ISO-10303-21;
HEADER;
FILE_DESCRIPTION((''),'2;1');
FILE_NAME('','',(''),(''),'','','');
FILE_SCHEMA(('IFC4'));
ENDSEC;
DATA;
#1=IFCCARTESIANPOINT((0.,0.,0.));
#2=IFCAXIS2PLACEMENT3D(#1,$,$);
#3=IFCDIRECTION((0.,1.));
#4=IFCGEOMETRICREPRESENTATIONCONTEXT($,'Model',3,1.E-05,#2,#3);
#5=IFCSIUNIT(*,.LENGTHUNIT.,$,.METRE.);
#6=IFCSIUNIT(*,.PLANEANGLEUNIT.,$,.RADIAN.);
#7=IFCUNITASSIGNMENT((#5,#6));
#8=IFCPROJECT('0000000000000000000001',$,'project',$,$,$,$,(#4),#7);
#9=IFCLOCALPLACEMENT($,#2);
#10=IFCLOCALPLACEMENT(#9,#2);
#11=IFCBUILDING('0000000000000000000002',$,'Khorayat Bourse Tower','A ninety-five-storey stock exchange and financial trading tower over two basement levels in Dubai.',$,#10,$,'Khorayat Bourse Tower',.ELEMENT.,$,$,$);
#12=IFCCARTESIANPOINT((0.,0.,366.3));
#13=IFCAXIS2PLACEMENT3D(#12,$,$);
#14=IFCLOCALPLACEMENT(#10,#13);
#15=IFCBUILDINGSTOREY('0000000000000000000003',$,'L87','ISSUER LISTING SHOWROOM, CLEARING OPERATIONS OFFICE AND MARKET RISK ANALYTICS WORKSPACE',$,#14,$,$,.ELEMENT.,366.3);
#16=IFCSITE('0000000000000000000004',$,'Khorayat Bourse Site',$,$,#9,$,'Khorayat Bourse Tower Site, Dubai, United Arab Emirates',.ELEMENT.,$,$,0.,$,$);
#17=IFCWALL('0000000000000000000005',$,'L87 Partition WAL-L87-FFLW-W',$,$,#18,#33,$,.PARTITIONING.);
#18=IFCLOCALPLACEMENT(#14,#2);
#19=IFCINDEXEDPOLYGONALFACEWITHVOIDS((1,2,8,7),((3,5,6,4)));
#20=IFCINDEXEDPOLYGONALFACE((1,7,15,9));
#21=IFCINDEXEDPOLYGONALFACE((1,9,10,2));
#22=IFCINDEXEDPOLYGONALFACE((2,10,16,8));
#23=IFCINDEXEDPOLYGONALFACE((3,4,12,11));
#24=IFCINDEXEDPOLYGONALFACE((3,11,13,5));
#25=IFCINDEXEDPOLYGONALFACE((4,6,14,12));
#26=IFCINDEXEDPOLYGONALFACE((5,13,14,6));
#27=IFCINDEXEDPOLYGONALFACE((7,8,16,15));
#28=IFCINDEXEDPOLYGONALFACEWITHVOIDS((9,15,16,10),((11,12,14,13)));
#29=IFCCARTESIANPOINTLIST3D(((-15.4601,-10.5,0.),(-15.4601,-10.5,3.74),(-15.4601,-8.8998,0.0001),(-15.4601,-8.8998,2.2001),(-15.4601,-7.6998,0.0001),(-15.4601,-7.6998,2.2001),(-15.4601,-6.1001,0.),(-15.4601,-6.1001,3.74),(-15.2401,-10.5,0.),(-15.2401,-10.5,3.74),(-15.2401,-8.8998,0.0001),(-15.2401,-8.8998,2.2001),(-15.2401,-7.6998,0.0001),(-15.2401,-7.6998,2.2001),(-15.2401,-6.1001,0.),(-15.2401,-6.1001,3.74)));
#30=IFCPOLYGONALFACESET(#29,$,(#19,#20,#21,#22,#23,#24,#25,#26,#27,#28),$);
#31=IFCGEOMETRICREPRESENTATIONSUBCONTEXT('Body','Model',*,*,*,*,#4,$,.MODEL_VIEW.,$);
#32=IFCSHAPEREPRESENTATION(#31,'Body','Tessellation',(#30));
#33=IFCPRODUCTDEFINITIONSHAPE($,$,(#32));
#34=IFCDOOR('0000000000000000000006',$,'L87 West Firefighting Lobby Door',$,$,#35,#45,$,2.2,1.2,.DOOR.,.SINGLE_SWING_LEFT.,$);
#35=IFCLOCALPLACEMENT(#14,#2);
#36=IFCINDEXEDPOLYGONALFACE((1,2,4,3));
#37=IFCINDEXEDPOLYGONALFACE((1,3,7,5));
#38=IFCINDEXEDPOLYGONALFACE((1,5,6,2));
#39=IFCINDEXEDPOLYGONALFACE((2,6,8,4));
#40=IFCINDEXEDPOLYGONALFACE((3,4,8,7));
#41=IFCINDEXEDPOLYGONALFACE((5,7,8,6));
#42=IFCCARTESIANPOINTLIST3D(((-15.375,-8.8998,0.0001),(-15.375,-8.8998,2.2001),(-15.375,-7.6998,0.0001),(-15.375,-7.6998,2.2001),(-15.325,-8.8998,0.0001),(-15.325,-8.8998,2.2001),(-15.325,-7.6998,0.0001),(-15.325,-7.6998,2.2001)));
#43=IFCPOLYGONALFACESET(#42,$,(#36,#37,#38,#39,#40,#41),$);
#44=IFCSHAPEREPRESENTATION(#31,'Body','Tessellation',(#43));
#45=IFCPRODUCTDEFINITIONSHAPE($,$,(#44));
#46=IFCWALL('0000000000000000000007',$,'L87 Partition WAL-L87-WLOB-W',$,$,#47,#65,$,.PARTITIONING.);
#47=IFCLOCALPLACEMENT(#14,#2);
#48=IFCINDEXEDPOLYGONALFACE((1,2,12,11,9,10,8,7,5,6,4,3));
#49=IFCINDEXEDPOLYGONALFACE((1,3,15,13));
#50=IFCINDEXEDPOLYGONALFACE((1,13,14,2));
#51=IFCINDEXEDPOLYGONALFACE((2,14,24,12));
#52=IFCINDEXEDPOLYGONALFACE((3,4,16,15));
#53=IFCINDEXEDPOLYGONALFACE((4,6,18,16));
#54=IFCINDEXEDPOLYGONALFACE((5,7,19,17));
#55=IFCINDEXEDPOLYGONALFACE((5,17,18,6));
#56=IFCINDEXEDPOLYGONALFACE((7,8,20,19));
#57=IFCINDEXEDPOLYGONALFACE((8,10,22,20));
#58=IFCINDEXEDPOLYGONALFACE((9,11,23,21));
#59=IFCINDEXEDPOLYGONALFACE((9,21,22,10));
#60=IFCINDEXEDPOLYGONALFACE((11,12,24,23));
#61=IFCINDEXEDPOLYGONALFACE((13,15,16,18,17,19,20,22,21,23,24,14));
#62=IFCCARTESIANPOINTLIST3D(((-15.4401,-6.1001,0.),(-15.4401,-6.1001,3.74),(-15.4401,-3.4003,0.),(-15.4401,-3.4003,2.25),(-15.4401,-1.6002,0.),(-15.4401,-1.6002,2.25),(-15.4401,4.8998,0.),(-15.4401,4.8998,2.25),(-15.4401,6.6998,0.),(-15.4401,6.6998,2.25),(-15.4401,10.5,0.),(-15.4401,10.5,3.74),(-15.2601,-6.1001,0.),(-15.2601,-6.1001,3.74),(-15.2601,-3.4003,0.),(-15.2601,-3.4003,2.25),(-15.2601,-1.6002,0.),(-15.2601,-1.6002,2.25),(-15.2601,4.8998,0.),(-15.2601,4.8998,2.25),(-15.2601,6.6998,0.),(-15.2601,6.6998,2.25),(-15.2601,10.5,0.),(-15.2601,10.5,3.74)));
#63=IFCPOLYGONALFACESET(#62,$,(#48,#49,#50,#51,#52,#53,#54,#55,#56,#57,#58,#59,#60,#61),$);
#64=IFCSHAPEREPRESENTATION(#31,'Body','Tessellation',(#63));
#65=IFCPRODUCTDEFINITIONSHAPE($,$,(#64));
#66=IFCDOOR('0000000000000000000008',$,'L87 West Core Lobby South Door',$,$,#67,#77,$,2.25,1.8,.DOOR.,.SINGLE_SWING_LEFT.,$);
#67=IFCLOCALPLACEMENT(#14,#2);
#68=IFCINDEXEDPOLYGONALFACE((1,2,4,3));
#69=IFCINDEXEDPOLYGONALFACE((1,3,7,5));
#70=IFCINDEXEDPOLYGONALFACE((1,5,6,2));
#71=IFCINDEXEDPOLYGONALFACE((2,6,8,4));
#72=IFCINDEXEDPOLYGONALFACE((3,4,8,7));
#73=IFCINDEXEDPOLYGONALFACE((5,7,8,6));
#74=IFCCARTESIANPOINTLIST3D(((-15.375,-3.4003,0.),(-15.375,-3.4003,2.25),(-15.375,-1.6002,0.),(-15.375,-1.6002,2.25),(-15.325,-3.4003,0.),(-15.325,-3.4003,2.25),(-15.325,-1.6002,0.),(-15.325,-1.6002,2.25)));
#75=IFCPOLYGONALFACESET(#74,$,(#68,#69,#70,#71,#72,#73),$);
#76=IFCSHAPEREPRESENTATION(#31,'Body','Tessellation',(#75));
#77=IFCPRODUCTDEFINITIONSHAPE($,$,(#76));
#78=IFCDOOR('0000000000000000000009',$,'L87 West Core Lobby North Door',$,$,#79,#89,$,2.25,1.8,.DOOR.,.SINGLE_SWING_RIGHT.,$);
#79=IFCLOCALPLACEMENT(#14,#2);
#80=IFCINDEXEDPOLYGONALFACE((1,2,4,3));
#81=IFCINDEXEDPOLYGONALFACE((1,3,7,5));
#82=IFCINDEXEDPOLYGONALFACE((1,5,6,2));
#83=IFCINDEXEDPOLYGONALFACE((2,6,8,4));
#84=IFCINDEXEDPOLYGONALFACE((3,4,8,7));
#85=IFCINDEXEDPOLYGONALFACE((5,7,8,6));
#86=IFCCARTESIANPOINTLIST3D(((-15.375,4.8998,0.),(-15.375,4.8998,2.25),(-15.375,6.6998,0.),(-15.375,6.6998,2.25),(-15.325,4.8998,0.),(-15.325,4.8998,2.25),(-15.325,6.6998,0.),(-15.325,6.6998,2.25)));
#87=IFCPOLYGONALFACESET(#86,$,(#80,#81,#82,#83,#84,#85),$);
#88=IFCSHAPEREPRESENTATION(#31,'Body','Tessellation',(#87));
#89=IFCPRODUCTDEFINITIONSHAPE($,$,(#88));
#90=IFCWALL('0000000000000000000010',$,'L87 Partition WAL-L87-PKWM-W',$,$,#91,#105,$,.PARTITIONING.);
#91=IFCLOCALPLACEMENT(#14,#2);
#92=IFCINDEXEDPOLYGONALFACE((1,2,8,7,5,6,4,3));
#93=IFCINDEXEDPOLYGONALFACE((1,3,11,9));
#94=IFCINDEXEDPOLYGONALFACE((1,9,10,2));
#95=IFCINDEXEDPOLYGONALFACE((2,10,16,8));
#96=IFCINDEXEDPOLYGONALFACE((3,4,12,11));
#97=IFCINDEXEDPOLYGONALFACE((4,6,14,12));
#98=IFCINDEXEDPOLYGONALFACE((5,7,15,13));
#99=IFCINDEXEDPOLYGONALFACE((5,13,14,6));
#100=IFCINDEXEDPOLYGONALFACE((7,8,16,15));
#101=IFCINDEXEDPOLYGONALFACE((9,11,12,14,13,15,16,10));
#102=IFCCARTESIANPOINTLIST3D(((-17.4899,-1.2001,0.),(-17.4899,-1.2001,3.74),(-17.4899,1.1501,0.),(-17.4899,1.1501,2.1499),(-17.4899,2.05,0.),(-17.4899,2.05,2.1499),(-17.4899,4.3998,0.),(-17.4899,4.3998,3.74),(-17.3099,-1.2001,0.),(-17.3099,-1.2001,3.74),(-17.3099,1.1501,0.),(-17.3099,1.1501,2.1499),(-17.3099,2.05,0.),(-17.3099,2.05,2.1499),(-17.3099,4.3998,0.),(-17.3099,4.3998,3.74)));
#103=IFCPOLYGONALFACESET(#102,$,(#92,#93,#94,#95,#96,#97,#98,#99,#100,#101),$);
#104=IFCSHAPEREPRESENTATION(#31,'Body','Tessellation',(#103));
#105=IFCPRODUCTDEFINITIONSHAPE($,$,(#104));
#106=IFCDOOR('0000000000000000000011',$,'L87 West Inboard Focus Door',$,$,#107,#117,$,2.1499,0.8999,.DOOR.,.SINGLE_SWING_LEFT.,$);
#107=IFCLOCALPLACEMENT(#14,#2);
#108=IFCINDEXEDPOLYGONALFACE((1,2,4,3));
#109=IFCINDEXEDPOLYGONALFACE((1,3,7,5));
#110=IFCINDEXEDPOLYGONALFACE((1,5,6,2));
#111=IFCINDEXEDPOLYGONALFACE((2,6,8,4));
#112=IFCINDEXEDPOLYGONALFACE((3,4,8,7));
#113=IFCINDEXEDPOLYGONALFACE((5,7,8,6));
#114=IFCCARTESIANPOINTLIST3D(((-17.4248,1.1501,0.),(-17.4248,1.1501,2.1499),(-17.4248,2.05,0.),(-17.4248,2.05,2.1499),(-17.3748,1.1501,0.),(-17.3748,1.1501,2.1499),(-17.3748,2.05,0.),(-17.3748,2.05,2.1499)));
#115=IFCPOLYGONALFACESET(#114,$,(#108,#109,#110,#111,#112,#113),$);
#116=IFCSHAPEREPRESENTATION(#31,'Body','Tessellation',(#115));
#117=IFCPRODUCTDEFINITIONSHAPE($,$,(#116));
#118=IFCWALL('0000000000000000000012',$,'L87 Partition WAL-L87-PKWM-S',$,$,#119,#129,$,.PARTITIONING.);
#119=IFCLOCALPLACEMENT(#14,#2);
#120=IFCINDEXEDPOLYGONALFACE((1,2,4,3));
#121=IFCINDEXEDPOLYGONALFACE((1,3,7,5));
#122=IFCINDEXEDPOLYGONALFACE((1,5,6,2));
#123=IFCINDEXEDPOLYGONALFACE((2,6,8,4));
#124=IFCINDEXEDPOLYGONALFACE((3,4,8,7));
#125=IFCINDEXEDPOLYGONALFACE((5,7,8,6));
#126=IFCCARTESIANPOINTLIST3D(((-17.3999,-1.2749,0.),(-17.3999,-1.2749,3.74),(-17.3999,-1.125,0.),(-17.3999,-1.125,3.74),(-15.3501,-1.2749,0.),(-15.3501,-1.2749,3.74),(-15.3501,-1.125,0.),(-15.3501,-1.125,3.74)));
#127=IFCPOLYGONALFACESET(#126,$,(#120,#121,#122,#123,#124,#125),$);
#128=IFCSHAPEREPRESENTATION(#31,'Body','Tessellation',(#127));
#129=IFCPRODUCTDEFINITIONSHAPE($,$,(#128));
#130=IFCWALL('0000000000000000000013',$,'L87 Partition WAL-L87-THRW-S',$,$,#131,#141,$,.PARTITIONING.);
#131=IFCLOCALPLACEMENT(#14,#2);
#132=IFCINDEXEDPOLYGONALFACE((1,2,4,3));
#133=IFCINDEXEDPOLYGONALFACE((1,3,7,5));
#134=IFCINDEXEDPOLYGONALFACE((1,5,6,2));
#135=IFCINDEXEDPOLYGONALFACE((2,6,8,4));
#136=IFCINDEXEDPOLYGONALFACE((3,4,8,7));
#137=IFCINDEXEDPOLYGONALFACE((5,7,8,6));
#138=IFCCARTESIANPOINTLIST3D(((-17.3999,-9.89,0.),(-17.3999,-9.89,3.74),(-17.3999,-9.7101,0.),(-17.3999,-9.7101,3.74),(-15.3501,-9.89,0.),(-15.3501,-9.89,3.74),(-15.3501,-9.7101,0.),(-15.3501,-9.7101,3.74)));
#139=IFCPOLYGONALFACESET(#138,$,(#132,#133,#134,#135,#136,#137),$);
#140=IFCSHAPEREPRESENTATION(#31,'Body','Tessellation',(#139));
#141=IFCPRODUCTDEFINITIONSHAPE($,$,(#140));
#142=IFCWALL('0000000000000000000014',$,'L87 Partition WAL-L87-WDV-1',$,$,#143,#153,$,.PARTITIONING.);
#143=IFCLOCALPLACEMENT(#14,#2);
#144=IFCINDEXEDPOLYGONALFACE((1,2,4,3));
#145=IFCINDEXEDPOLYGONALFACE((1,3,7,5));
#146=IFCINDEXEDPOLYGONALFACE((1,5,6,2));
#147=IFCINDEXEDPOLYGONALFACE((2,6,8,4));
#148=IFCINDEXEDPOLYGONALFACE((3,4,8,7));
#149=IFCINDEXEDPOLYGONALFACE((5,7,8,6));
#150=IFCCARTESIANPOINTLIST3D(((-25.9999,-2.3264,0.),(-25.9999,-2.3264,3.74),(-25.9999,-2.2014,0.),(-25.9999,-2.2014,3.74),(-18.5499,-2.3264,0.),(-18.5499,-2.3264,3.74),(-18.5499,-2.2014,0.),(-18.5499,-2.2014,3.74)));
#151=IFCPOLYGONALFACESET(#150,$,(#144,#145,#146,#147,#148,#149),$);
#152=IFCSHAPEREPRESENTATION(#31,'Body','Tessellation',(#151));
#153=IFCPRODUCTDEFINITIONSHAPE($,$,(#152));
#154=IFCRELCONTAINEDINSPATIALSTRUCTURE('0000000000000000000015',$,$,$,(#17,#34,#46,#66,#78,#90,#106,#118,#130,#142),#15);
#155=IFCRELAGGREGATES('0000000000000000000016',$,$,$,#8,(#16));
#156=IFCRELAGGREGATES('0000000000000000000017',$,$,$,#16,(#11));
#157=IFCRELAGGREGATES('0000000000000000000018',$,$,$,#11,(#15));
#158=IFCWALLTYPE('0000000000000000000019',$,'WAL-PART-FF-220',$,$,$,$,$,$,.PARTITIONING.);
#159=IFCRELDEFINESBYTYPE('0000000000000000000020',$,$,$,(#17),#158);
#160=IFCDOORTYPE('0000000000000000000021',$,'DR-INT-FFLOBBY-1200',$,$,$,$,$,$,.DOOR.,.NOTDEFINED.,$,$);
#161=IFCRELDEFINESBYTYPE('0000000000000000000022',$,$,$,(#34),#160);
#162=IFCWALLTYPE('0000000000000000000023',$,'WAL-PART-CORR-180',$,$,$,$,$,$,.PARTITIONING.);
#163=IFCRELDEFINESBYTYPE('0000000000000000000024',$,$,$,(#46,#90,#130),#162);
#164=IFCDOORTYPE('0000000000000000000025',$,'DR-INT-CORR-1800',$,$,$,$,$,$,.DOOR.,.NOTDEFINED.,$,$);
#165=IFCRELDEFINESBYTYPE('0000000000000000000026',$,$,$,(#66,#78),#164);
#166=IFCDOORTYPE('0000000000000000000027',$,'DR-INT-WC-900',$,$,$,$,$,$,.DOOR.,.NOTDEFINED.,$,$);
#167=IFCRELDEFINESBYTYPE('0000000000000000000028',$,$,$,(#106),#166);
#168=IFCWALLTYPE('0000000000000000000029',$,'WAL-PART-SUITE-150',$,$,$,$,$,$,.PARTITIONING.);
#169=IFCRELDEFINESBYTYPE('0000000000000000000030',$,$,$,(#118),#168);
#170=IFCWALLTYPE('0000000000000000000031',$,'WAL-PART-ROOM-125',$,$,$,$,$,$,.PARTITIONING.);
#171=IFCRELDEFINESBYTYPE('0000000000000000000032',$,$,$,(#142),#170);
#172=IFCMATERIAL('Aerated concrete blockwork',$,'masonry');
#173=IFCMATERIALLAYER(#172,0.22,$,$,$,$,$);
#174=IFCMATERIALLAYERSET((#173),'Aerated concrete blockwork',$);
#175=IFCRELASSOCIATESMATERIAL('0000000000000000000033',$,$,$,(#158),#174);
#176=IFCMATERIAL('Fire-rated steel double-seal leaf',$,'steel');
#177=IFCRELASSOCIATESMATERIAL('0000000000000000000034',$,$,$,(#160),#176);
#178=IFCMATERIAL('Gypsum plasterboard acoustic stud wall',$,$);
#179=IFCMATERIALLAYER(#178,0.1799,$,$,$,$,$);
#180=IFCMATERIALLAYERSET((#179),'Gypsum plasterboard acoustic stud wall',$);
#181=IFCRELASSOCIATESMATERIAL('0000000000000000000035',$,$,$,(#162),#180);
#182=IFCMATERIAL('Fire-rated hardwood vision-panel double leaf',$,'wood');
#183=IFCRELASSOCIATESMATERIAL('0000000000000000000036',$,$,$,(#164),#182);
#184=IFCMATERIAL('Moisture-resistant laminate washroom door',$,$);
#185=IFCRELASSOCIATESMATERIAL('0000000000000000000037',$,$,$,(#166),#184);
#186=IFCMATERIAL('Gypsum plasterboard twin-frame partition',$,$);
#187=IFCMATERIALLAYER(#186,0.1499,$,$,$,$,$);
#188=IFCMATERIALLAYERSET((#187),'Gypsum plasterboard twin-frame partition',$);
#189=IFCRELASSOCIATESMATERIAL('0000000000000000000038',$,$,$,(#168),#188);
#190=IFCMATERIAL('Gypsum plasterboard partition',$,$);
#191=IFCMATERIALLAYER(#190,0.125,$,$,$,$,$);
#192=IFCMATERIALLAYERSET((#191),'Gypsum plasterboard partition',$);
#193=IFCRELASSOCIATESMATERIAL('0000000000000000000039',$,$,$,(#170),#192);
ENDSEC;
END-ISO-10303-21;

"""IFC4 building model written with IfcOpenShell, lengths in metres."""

from ifc_helpers import new_model, si_unit, direction, frame, frame_2d, origin, place, context, subcontext, project, spatial, rectangle, extrude, source, transform, mapped, material, layer, layer_set, type_object, element, fill, save


model = new_model("IFC4")

# Units and contexts
model_context = context("Model", 3, precision=1e-05, world=origin(), true_north=direction((0.0, 1.0)))
body_context = subcontext(model_context, "Body", "Model", "MODEL_VIEW")
ifc_project = project(units=[si_unit("LENGTHUNIT", "METRE"), si_unit("PLANEANGLEUNIT", "RADIAN")], contexts=[model_context])

# Site, building, storey
site_placement = place(None, origin())
site = spatial("IfcSite", under=ifc_project, at=site_placement, Name="Khorayat Bourse Site", LongName="Khorayat Bourse Tower Site, Dubai, United Arab Emirates", CompositionType="ELEMENT", RefElevation=0.0)
building_placement = place(site_placement, origin())
building = spatial("IfcBuilding", under=site, at=building_placement, Name="Khorayat Bourse Tower", Description="A ninety-five-storey stock exchange and financial trading tower over two basement levels in Dubai.", LongName="Khorayat Bourse Tower", CompositionType="ELEMENT")
storey_placement = place(building_placement, frame((0.0, 0.0, 366.3)))
storey = spatial("IfcBuildingStorey", under=building, at=storey_placement, Name="L87", Description="ISSUER LISTING SHOWROOM, CLEARING OPERATIONS OFFICE AND MARKET RISK ANALYTICS WORKSPACE", CompositionType="ELEMENT", Elevation=366.3)

# Shared definitions
ifc_material_1 = material(Name="Aerated concrete blockwork", Category="masonry")
ifc_layer_1 = layer(ifc_material_1, 0.22)
ifc_layer_set_1 = layer_set([ifc_layer_1], Name="Aerated concrete blockwork")
wall_type_1 = type_object("IfcWallType", Name="WAL-PART-FF-220", PredefinedType="PARTITIONING", material=ifc_layer_set_1)

# Wall, opening, door
shared_shape_1 = source(origin(), body_context, "Body", "SweptSolid", [
    extrude(rectangle(XDim=4.3999, YDim=0.22, at=frame_2d((2.2, 0.0))), origin(), (0.0, 0.0, 1.0), 3.74),
])
wall_1_placement = place(storey_placement, frame((-15.3501, -10.5, 0.0), z_axis=(0.0, 0.0, 1.0), x_axis=(0.0, 1.0, 0.0)))
wall_1 = element("IfcWall", 1, at=wall_1_placement, inside=storey, type_object=wall_type_1, Name="L87 Partition WAL-L87-FFLW-W", PredefinedType="PARTITIONING", context=body_context, shape_type="MappedRepresentation", body=[
    mapped(shared_shape_1, transform((0.0, 0.0, 0.0), scale=1.0)),
])
shared_shape_2 = source(origin(), body_context, "Body", "SweptSolid", [
    extrude(rectangle(XDim=1.2, YDim=2.2, at=frame_2d((0.6001, 1.1001))), frame((0.0, 0.1199, 0.0), z_axis=(0.0, -1.0, 0.0), x_axis=(1.0, 0.0, 0.0)), (0.0, 0.0, 1.0), 0.24),
])
opening_1_placement = place(wall_1_placement, frame((1.6001, 0.0, 0.0)))
opening_1 = element("IfcOpeningElement", 2, at=opening_1_placement, cuts=wall_1, PredefinedType="OPENING", context=body_context, shape_type="MappedRepresentation", body=[
    mapped(shared_shape_2, transform((0.0, 0.0, 0.0), scale=1.0)),
])
ifc_material_2 = material(Name="Fire-rated steel double-seal leaf", Category="steel")
door_type_1 = type_object("IfcDoorType", Name="DR-INT-FFLOBBY-1200", OperationType="NOTDEFINED", PredefinedType="DOOR", material=ifc_material_2)
shared_shape_3 = source(origin(), body_context, "Body", "SweptSolid", [
    extrude(rectangle(XDim=1.2, YDim=2.2, at=frame_2d((0.6001, 1.1001))), frame((0.0, 0.0249, 0.0), z_axis=(0.0, -1.0, 0.0), x_axis=(1.0, 0.0, 0.0)), (0.0, 0.0, 1.0), 0.05),
])
door_1_placement = place(opening_1_placement, origin())
door_1 = element("IfcDoor", 3, at=door_1_placement, inside=storey, type_object=door_type_1, Name="L87 West Firefighting Lobby Door", OperationType="SINGLE_SWING_LEFT", OverallHeight=2.2, OverallWidth=1.2, PredefinedType="DOOR", context=body_context, shape_type="MappedRepresentation", body=[
    mapped(shared_shape_3, transform((0.0, 0.0, 0.0), scale=1.0)),
])
fill(opening_1, door_1)

# Wall, openings, doors
ifc_material_3 = material(Name="Gypsum plasterboard acoustic stud wall")
ifc_layer_2 = layer(ifc_material_3, 0.1799)
ifc_layer_set_2 = layer_set([ifc_layer_2], Name="Gypsum plasterboard acoustic stud wall")
wall_type_2 = type_object("IfcWallType", Name="WAL-PART-CORR-180", PredefinedType="PARTITIONING", material=ifc_layer_set_2)
shared_shape_4 = source(origin(), body_context, "Body", "SweptSolid", [
    extrude(rectangle(XDim=16.6001, YDim=0.1799, at=frame_2d((8.3, 0.0))), origin(), (0.0, 0.0, 1.0), 3.74),
])
wall_2_placement = place(storey_placement, frame((-15.3501, -6.1001, 0.0), z_axis=(0.0, 0.0, 1.0), x_axis=(0.0, 1.0, 0.0)))
wall_2 = element("IfcWall", 4, at=wall_2_placement, inside=storey, type_object=wall_type_2, Name="L87 Partition WAL-L87-WLOB-W", PredefinedType="PARTITIONING", context=body_context, shape_type="MappedRepresentation", body=[
    mapped(shared_shape_4, transform((0.0, 0.0, 0.0), scale=1.0)),
])
shared_shape_5 = source(origin(), body_context, "Body", "SweptSolid", [
    extrude(rectangle(XDim=1.8, YDim=2.25, at=frame_2d((0.8999, 1.125))), frame((0.0, 0.0999, 0.0), z_axis=(0.0, -1.0, 0.0), x_axis=(1.0, 0.0, 0.0)), (0.0, 0.0, 1.0), 0.2),
])
opening_2_placement = place(wall_2_placement, frame((2.7, 0.0, 0.0)))
opening_2 = element("IfcOpeningElement", 5, at=opening_2_placement, cuts=wall_2, PredefinedType="OPENING", context=body_context, shape_type="MappedRepresentation", body=[
    mapped(shared_shape_5, transform((0.0, 0.0, 0.0), scale=1.0)),
])
opening_3_placement = place(wall_2_placement, frame((11.0, 0.0, 0.0)))
opening_3 = element("IfcOpeningElement", 6, at=opening_3_placement, cuts=wall_2, PredefinedType="OPENING", context=body_context, shape_type="MappedRepresentation", body=[
    mapped(shared_shape_5, transform((0.0, 0.0, 0.0), scale=1.0)),
])
ifc_material_4 = material(Name="Fire-rated hardwood vision-panel double leaf", Category="wood")
door_type_2 = type_object("IfcDoorType", Name="DR-INT-CORR-1800", OperationType="NOTDEFINED", PredefinedType="DOOR", material=ifc_material_4)
shared_shape_6 = source(origin(), body_context, "Body", "SweptSolid", [
    extrude(rectangle(XDim=1.8, YDim=2.25, at=frame_2d((0.8999, 1.125))), frame((0.0, 0.0249, 0.0), z_axis=(0.0, -1.0, 0.0), x_axis=(1.0, 0.0, 0.0)), (0.0, 0.0, 1.0), 0.05),
])
door_2_placement = place(opening_2_placement, origin())
door_2 = element("IfcDoor", 7, at=door_2_placement, inside=storey, type_object=door_type_2, Name="L87 West Core Lobby South Door", OperationType="SINGLE_SWING_LEFT", OverallHeight=2.25, OverallWidth=1.8, PredefinedType="DOOR", context=body_context, shape_type="MappedRepresentation", body=[
    mapped(shared_shape_6, transform((0.0, 0.0, 0.0), scale=1.0)),
])
fill(opening_2, door_2)
door_3_placement = place(opening_3_placement, origin())
door_3 = element("IfcDoor", 8, at=door_3_placement, inside=storey, type_object=door_type_2, Name="L87 West Core Lobby North Door", OperationType="SINGLE_SWING_RIGHT", OverallHeight=2.25, OverallWidth=1.8, PredefinedType="DOOR", context=body_context, shape_type="MappedRepresentation", body=[
    mapped(shared_shape_6, transform((0.0, 0.0, 0.0), scale=1.0)),
])
fill(opening_3, door_3)

# Wall, opening, door
shared_shape_7 = source(origin(), body_context, "Body", "SweptSolid", [
    extrude(rectangle(XDim=5.5999, YDim=0.1799, at=frame_2d((2.7998, 0.0))), origin(), (0.0, 0.0, 1.0), 3.74),
])
wall_3_placement = place(storey_placement, frame((-17.3999, -1.2, 0.0), z_axis=(0.0, 0.0, 1.0), x_axis=(0.0, 1.0, 0.0)))
wall_3 = element("IfcWall", 9, at=wall_3_placement, inside=storey, type_object=wall_type_2, Name="L87 Partition WAL-L87-PKWM-W", PredefinedType="PARTITIONING", context=body_context, shape_type="MappedRepresentation", body=[
    mapped(shared_shape_7, transform((0.0, 0.0, 0.0), scale=1.0)),
])
shared_shape_8 = source(origin(), body_context, "Body", "SweptSolid", [
    extrude(rectangle(XDim=0.8999, YDim=2.1499, at=frame_2d((0.45, 1.075))), frame((0.0, 0.0999, 0.0), z_axis=(0.0, -1.0, 0.0), x_axis=(1.0, 0.0, 0.0)), (0.0, 0.0, 1.0), 0.2),
])
opening_4_placement = place(wall_3_placement, frame((2.3501, 0.0, 0.0)))
opening_4 = element("IfcOpeningElement", 10, at=opening_4_placement, cuts=wall_3, PredefinedType="OPENING", context=body_context, shape_type="MappedRepresentation", body=[
    mapped(shared_shape_8, transform((0.0, 0.0, 0.0), scale=1.0)),
])
ifc_material_5 = material(Name="Moisture-resistant laminate washroom door")
door_type_3 = type_object("IfcDoorType", Name="DR-INT-WC-900", OperationType="NOTDEFINED", PredefinedType="DOOR", material=ifc_material_5)
shared_shape_9 = source(origin(), body_context, "Body", "SweptSolid", [
    extrude(rectangle(XDim=0.8999, YDim=2.1499, at=frame_2d((0.45, 1.075))), frame((0.0, 0.0249, 0.0), z_axis=(0.0, -1.0, 0.0), x_axis=(1.0, 0.0, 0.0)), (0.0, 0.0, 1.0), 0.05),
])
door_4_placement = place(opening_4_placement, origin())
door_4 = element("IfcDoor", 11, at=door_4_placement, inside=storey, type_object=door_type_3, Name="L87 West Inboard Focus Door", OperationType="SINGLE_SWING_LEFT", OverallHeight=2.1499, OverallWidth=0.8999, PredefinedType="DOOR", context=body_context, shape_type="MappedRepresentation", body=[
    mapped(shared_shape_9, transform((0.0, 0.0, 0.0), scale=1.0)),
])
fill(opening_4, door_4)

# Walls
ifc_material_6 = material(Name="Gypsum plasterboard twin-frame partition")
ifc_layer_3 = layer(ifc_material_6, 0.1499)
ifc_layer_set_3 = layer_set([ifc_layer_3], Name="Gypsum plasterboard twin-frame partition")
wall_type_3 = type_object("IfcWallType", Name="WAL-PART-SUITE-150", PredefinedType="PARTITIONING", material=ifc_layer_set_3)
shared_shape_10 = source(origin(), body_context, "Body", "SweptSolid", [
    extrude(rectangle(XDim=2.0498, YDim=0.1499, at=frame_2d((1.0249, 0.0))), origin(), (0.0, 0.0, 1.0), 3.74),
])
wall_4_placement = place(storey_placement, frame((-17.3999, -1.2, 0.0), z_axis=(0.0, 0.0, 1.0), x_axis=(1.0, 0.0, 0.0)))
element("IfcWall", 12, at=wall_4_placement, inside=storey, type_object=wall_type_3, Name="L87 Partition WAL-L87-PKWM-S", PredefinedType="PARTITIONING", context=body_context, shape_type="MappedRepresentation", body=[
    mapped(shared_shape_10, transform((0.0, 0.0, 0.0), scale=1.0)),
])
shared_shape_11 = source(origin(), body_context, "Body", "SweptSolid", [
    extrude(rectangle(XDim=2.0498, YDim=0.1799, at=frame_2d((1.0249, 0.0))), origin(), (0.0, 0.0, 1.0), 3.74),
])
wall_5_placement = place(storey_placement, frame((-17.3999, -9.8, 0.0), z_axis=(0.0, 0.0, 1.0), x_axis=(1.0, 0.0, 0.0)))
element("IfcWall", 13, at=wall_5_placement, inside=storey, type_object=wall_type_2, Name="L87 Partition WAL-L87-THRW-S", PredefinedType="PARTITIONING", context=body_context, shape_type="MappedRepresentation", body=[
    mapped(shared_shape_11, transform((0.0, 0.0, 0.0), scale=1.0)),
])
ifc_material_7 = material(Name="Gypsum plasterboard partition")
ifc_layer_4 = layer(ifc_material_7, 0.125)
ifc_layer_set_4 = layer_set([ifc_layer_4], Name="Gypsum plasterboard partition")
wall_type_4 = type_object("IfcWallType", Name="WAL-PART-ROOM-125", PredefinedType="PARTITIONING", material=ifc_layer_set_4)
shared_shape_12 = source(origin(), body_context, "Body", "SweptSolid", [
    extrude(rectangle(XDim=7.45, YDim=0.125, at=frame_2d((3.7251, 0.0))), origin(), (0.0, 0.0, 1.0), 3.74),
])
wall_6_placement = place(storey_placement, frame((-26.0, -2.2639, 0.0), z_axis=(0.0, 0.0, 1.0), x_axis=(1.0, 0.0, 0.0)))
element("IfcWall", 14, at=wall_6_placement, inside=storey, type_object=wall_type_4, Name="L87 Partition WAL-L87-WDV-1", PredefinedType="PARTITIONING", context=body_context, shape_type="MappedRepresentation", body=[
    mapped(shared_shape_12, transform((0.0, 0.0, 0.0), scale=1.0)),
])

save(model, "model.ifc")
